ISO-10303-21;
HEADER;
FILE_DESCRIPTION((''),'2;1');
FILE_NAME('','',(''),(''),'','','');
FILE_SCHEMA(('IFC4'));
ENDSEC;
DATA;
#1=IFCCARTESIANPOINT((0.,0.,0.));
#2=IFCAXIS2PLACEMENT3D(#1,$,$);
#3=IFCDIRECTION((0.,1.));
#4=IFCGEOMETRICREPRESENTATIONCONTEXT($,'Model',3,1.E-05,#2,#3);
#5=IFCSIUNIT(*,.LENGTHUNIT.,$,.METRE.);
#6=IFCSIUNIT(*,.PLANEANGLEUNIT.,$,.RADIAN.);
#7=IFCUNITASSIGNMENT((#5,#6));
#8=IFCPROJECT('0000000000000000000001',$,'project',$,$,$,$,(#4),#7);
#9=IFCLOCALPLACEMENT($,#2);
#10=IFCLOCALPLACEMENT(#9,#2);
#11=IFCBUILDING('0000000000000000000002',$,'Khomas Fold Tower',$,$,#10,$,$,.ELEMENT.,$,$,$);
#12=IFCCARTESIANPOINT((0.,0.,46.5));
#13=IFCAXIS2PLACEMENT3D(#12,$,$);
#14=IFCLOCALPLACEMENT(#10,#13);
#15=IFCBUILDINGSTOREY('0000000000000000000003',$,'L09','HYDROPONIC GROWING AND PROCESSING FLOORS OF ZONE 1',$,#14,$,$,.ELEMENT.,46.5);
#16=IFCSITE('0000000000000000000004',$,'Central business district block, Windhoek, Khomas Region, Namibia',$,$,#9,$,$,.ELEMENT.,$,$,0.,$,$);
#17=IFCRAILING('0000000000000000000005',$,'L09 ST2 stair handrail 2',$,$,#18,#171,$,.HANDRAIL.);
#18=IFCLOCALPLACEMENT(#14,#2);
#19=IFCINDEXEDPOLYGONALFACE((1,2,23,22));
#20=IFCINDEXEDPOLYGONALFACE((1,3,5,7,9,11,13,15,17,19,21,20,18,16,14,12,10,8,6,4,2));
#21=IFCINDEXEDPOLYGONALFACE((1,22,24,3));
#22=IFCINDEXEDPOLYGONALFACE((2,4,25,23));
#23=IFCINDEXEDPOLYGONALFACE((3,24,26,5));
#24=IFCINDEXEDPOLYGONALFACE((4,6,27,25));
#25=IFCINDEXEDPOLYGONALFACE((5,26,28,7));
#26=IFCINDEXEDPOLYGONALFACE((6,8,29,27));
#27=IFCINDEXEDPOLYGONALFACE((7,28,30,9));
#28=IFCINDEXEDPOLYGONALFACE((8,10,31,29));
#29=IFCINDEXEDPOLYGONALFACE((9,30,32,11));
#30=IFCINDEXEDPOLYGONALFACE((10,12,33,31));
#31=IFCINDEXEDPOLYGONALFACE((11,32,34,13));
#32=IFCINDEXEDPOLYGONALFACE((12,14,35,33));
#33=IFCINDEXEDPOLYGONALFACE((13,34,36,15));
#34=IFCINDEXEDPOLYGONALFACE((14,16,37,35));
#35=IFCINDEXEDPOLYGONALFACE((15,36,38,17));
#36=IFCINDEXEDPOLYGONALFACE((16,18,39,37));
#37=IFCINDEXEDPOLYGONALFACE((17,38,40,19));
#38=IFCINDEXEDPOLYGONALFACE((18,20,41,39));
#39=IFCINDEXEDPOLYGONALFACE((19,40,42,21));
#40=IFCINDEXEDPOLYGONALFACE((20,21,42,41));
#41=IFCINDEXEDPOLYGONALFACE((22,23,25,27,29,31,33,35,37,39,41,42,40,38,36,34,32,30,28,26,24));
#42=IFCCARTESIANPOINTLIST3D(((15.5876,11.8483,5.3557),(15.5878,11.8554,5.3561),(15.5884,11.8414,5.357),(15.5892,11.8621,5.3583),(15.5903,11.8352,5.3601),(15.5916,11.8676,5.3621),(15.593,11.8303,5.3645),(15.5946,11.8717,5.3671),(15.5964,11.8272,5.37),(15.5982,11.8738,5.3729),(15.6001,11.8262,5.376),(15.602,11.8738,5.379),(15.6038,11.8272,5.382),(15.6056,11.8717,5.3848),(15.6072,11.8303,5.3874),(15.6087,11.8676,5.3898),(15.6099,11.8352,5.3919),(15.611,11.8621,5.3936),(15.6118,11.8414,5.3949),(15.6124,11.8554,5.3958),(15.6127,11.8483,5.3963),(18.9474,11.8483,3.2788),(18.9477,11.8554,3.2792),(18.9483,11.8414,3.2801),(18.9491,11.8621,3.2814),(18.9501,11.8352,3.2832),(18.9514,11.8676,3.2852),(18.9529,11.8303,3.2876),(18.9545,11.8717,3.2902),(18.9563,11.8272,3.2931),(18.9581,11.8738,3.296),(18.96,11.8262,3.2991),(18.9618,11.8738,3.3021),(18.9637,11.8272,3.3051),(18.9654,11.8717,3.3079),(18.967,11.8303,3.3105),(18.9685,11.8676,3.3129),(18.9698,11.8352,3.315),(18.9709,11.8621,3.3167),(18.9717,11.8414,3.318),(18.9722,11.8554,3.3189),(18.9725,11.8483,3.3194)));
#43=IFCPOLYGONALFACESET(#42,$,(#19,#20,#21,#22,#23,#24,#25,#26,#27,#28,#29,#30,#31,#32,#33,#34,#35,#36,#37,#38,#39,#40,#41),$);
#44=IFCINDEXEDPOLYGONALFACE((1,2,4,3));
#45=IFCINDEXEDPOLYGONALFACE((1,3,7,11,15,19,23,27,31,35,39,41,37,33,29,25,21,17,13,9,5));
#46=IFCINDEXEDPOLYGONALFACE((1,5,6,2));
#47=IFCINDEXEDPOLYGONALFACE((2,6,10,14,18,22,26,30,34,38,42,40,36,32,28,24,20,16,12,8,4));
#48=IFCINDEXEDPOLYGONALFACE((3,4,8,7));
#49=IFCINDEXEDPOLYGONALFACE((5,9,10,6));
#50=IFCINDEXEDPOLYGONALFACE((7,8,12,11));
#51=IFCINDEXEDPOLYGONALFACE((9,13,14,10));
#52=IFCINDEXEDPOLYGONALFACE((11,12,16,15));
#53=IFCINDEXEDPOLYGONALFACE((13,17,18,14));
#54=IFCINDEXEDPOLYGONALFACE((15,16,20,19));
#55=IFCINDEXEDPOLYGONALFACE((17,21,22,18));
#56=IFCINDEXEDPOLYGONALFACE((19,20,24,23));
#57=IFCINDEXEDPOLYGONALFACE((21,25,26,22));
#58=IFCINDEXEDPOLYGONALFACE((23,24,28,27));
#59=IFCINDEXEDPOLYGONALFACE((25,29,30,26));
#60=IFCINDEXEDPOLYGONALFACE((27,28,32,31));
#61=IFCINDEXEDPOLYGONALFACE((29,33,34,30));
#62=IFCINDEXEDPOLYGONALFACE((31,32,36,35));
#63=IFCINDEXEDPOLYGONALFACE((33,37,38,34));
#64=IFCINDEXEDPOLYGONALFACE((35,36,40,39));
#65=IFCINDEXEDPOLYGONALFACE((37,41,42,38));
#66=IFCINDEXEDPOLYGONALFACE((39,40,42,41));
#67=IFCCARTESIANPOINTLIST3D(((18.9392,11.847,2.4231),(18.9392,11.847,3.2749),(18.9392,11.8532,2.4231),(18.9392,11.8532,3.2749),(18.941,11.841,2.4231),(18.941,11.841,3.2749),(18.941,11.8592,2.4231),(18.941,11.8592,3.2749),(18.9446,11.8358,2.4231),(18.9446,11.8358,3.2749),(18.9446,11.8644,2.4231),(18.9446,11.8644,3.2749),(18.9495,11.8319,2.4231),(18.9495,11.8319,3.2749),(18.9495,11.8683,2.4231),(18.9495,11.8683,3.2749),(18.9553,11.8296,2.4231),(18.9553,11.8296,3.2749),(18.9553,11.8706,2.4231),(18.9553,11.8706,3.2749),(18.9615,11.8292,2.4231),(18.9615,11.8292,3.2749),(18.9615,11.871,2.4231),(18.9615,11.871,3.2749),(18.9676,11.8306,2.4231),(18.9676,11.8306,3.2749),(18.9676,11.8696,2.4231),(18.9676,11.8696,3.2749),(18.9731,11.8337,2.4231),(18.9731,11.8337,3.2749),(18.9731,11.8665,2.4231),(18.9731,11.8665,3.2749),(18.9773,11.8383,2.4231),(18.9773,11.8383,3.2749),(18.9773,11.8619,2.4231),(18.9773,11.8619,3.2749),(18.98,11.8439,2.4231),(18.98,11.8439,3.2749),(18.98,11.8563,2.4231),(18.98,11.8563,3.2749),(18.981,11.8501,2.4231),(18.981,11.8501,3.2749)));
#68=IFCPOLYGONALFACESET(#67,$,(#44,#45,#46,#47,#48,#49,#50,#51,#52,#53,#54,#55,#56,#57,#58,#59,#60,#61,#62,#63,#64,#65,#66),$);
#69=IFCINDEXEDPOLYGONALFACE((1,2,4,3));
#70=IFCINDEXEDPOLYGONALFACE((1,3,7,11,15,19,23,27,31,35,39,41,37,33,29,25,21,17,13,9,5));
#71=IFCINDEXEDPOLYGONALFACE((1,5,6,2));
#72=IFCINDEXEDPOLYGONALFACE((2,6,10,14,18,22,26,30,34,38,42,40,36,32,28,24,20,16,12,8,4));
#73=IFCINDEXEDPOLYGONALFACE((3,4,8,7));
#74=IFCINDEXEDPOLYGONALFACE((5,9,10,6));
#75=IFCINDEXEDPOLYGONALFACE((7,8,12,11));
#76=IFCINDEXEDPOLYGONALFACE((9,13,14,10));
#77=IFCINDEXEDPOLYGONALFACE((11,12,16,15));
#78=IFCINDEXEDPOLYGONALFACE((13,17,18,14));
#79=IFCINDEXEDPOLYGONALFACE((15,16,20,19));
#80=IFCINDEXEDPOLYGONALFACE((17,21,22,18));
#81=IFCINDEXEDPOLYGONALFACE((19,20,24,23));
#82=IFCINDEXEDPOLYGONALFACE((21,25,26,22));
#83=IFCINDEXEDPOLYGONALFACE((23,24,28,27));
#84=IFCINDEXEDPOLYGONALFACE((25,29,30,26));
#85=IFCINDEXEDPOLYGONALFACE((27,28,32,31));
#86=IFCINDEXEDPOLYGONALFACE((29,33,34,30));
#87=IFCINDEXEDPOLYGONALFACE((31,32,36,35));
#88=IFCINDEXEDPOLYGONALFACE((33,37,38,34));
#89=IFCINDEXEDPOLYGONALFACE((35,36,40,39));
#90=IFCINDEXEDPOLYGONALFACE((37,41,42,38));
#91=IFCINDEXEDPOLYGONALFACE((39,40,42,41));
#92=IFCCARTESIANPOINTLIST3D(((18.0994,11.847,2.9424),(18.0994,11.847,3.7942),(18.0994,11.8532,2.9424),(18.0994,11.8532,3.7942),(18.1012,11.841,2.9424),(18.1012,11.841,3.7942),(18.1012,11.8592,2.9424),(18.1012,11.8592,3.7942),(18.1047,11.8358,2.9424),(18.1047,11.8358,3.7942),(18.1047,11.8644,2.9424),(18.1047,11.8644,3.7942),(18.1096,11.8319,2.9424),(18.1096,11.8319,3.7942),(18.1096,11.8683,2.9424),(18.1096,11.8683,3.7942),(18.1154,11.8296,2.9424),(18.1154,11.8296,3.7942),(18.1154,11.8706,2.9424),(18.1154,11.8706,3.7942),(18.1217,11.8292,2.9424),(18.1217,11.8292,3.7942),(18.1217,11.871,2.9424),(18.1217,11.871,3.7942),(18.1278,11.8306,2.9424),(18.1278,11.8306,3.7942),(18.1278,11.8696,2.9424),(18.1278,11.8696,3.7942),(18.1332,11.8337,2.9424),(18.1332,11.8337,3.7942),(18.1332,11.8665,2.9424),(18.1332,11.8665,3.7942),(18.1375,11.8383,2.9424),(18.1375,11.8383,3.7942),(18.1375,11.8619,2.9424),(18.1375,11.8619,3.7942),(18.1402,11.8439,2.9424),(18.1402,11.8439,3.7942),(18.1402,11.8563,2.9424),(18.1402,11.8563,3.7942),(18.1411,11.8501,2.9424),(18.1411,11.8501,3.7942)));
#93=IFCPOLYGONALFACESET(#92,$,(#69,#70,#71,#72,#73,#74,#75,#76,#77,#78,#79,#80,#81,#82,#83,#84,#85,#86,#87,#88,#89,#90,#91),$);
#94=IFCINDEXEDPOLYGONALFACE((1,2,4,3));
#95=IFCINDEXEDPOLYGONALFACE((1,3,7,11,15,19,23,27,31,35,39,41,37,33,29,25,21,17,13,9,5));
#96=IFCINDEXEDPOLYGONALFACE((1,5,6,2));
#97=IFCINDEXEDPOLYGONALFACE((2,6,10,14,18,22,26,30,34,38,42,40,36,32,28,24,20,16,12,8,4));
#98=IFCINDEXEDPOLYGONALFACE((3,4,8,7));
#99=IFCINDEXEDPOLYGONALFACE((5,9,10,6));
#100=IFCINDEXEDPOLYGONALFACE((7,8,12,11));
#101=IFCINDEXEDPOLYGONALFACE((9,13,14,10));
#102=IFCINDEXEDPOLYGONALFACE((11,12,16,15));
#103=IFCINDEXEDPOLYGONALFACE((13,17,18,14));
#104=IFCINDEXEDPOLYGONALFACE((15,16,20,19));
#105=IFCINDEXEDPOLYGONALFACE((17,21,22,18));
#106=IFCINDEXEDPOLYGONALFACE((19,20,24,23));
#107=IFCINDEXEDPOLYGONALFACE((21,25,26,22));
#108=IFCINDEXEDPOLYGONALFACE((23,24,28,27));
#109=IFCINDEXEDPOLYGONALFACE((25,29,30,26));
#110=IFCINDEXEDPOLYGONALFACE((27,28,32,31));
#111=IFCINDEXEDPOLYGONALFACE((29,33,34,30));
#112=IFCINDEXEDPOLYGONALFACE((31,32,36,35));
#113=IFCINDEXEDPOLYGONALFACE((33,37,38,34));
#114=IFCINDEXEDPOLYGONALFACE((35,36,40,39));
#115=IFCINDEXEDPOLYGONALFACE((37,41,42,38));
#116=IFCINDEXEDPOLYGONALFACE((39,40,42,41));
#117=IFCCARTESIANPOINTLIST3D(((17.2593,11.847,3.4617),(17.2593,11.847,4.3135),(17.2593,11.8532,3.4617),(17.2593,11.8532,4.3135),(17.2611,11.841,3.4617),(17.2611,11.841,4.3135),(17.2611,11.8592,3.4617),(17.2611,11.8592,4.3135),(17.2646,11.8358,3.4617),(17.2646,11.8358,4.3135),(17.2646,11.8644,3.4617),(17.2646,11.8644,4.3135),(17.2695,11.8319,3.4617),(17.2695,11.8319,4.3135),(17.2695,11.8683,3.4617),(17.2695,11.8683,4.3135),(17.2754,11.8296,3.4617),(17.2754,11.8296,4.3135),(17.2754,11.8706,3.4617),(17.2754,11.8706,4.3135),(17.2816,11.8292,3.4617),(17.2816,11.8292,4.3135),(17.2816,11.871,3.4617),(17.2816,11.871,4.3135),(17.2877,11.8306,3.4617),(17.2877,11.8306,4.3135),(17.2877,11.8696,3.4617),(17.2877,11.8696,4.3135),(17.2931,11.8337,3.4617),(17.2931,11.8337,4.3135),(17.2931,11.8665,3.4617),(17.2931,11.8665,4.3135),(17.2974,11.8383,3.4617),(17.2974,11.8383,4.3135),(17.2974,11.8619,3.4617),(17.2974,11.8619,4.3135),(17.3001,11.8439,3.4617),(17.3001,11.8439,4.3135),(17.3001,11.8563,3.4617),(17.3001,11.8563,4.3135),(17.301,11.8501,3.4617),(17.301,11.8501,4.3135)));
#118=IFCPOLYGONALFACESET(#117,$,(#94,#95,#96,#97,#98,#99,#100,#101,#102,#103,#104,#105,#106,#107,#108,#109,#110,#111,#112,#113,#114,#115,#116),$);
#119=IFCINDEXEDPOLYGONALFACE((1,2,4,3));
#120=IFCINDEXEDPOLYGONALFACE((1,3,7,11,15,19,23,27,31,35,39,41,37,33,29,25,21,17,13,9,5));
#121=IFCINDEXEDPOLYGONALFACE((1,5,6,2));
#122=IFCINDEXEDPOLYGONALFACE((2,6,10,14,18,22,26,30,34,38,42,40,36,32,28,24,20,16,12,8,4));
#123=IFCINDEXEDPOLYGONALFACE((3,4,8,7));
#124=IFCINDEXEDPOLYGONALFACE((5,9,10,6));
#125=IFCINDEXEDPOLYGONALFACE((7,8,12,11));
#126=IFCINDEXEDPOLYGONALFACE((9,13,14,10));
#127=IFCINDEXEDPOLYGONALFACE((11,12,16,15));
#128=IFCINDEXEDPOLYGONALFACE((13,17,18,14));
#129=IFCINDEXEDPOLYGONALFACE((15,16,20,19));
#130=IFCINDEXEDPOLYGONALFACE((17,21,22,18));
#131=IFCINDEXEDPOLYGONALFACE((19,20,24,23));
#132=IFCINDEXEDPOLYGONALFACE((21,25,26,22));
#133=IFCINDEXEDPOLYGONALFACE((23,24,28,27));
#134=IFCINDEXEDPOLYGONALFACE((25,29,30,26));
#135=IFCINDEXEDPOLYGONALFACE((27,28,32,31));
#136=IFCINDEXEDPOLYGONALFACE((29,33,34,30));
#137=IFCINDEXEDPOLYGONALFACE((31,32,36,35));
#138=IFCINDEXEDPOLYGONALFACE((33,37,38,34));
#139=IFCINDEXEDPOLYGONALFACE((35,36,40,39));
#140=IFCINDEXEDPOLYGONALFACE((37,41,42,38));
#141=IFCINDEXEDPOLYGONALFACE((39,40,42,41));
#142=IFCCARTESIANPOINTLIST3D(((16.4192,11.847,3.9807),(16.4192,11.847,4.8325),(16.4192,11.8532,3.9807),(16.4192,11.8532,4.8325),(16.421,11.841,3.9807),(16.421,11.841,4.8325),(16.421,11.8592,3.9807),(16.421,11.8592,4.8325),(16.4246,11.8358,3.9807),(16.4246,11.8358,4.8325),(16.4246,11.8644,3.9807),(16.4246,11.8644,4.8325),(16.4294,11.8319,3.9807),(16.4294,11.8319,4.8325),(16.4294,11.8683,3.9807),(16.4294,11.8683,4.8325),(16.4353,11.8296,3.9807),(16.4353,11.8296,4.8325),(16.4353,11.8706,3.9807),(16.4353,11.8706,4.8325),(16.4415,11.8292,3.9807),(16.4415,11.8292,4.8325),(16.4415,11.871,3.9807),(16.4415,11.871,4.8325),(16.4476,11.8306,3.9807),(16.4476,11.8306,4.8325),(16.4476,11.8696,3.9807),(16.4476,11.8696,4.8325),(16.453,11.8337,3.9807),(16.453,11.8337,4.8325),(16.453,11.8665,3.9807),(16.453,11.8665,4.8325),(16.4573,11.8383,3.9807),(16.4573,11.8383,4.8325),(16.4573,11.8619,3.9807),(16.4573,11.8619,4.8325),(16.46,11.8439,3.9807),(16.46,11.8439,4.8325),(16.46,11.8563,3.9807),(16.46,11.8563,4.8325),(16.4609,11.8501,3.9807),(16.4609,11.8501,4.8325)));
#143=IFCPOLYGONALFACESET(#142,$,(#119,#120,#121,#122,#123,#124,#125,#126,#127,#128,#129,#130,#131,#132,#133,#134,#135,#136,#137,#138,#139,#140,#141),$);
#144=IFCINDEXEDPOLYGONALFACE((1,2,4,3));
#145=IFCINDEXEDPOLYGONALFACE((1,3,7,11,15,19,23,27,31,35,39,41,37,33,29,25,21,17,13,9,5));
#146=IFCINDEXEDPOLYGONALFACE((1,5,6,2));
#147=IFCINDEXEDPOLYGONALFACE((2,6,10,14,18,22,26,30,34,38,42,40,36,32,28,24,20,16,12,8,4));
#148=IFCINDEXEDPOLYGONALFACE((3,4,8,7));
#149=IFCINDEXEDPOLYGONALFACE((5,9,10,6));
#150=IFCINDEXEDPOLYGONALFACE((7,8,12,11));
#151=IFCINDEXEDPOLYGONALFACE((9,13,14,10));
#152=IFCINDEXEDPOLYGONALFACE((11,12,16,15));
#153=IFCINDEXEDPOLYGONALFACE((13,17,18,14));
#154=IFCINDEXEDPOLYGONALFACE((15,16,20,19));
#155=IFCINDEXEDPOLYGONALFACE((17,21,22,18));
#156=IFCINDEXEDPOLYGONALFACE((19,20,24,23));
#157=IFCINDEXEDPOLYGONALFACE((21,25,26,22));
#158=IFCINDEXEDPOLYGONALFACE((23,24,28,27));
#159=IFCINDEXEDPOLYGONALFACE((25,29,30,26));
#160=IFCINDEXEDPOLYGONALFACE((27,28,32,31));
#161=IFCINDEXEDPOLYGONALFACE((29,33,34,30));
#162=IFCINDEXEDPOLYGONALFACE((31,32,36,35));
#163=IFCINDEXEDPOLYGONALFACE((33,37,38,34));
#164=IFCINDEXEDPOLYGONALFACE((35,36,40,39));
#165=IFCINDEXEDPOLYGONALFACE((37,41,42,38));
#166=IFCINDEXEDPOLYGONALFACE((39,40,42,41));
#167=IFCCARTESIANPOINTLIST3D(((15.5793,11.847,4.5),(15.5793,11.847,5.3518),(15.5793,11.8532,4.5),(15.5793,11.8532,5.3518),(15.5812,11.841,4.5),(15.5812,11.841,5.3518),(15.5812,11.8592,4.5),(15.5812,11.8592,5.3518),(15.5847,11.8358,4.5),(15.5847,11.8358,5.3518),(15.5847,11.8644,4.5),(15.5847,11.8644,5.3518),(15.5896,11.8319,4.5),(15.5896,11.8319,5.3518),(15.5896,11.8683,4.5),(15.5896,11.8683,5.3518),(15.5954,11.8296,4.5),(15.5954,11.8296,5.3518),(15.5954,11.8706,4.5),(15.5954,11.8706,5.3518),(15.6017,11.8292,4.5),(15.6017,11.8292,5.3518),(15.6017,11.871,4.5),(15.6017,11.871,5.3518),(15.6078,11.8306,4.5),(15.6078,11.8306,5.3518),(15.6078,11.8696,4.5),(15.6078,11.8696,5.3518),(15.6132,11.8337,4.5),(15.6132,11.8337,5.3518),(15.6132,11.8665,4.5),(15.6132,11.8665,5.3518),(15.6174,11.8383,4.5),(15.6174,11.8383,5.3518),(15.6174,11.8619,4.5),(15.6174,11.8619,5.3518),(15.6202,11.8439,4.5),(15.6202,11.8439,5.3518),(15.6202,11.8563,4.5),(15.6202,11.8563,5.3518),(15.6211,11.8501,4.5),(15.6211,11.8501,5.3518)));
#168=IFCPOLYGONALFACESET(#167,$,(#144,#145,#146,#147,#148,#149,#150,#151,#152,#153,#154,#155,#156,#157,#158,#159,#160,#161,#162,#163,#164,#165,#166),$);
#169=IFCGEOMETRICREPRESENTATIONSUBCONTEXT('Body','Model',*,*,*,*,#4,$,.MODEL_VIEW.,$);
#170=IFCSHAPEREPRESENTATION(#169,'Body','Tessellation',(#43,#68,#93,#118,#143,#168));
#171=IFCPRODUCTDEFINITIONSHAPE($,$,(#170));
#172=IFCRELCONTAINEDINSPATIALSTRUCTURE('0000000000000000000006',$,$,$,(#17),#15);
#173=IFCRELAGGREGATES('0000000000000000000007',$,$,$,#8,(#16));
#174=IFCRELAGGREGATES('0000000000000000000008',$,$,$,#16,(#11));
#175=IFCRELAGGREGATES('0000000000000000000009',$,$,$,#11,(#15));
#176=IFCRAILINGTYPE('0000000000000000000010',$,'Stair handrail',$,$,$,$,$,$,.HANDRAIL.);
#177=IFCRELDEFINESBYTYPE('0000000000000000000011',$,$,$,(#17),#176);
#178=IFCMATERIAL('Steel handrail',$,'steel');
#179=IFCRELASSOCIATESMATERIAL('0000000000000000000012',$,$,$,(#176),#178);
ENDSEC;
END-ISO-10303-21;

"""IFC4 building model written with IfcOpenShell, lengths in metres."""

from ifc_helpers import new_model, si_unit, direction, frame, origin, origin_2d, place, context, subcontext, project, spatial, circle, extrude, source, transform, mapped, material, type_object, element, save


model = new_model("IFC4")

# Units and contexts
model_context = context("Model", 3, precision=1e-05, world=origin(), true_north=direction((0.0, 1.0)))
body_context = subcontext(model_context, "Body", "Model", "MODEL_VIEW")
ifc_project = project(units=[si_unit("LENGTHUNIT", "METRE"), si_unit("PLANEANGLEUNIT", "RADIAN")], contexts=[model_context])

# Site, building, storey
site_placement = place(None, origin())
site = spatial("IfcSite", under=ifc_project, at=site_placement, Name="Central business district block, Windhoek, Khomas Region, Namibia", CompositionType="ELEMENT", RefElevation=0.0)
building_placement = place(site_placement, origin())
building = spatial("IfcBuilding", under=site, at=building_placement, Name="Khomas Fold Tower", CompositionType="ELEMENT")
storey_placement = place(building_placement, frame((0.0, 0.0, 46.5)))
storey = spatial("IfcBuildingStorey", under=building, at=storey_placement, Name="L09", Description="HYDROPONIC GROWING AND PROCESSING FLOORS OF ZONE 1", CompositionType="ELEMENT", Elevation=46.5)

# Railing
ifc_material_1 = material(Name="Steel handrail", Category="steel")
railing_type_1 = type_object("IfcRailingType", Name="Stair handrail", PredefinedType="HANDRAIL", material=ifc_material_1)
shared_shape_1 = source(origin(), body_context, "Body", "SweptSolid", [
    extrude(circle(Radius=0.0239, at=origin_2d()), frame((0.0, 0.0, 0.876), z_axis=(-0.850606, 0.0, 0.525803), x_axis=(0.0, -1.0, 0.0)), (0.0, 0.0, 1.0), 3.95),
    extrude(circle(Radius=0.021, at=origin_2d()), origin(), (0.0, 0.0, 1.0), 0.8518),
    extrude(circle(Radius=0.021, at=origin_2d()), frame((-0.8398, 0.0, 0.5193)), (0.0, 0.0, 1.0), 0.8518),
    extrude(circle(Radius=0.021, at=origin_2d()), frame((-1.6799, 0.0, 1.0386)), (0.0, 0.0, 1.0), 0.8518),
    extrude(circle(Radius=0.021, at=origin_2d()), frame((-2.52, 0.0, 1.5576)), (0.0, 0.0, 1.0), 0.8518),
    extrude(circle(Radius=0.021, at=origin_2d()), frame((-3.3599, 0.0, 2.0769)), (0.0, 0.0, 1.0), 0.8518),
])
railing_1_placement = place(storey_placement, frame((18.96, 11.8501, 2.4231)))
element("IfcRailing", 1, at=railing_1_placement, inside=storey, type_object=railing_type_1, Name="L09 ST2 stair handrail 2", PredefinedType="HANDRAIL", context=body_context, shape_type="MappedRepresentation", body=[
    mapped(shared_shape_1, transform((0.0, 0.0, 0.0))),
])

save(model, "model.ifc")
